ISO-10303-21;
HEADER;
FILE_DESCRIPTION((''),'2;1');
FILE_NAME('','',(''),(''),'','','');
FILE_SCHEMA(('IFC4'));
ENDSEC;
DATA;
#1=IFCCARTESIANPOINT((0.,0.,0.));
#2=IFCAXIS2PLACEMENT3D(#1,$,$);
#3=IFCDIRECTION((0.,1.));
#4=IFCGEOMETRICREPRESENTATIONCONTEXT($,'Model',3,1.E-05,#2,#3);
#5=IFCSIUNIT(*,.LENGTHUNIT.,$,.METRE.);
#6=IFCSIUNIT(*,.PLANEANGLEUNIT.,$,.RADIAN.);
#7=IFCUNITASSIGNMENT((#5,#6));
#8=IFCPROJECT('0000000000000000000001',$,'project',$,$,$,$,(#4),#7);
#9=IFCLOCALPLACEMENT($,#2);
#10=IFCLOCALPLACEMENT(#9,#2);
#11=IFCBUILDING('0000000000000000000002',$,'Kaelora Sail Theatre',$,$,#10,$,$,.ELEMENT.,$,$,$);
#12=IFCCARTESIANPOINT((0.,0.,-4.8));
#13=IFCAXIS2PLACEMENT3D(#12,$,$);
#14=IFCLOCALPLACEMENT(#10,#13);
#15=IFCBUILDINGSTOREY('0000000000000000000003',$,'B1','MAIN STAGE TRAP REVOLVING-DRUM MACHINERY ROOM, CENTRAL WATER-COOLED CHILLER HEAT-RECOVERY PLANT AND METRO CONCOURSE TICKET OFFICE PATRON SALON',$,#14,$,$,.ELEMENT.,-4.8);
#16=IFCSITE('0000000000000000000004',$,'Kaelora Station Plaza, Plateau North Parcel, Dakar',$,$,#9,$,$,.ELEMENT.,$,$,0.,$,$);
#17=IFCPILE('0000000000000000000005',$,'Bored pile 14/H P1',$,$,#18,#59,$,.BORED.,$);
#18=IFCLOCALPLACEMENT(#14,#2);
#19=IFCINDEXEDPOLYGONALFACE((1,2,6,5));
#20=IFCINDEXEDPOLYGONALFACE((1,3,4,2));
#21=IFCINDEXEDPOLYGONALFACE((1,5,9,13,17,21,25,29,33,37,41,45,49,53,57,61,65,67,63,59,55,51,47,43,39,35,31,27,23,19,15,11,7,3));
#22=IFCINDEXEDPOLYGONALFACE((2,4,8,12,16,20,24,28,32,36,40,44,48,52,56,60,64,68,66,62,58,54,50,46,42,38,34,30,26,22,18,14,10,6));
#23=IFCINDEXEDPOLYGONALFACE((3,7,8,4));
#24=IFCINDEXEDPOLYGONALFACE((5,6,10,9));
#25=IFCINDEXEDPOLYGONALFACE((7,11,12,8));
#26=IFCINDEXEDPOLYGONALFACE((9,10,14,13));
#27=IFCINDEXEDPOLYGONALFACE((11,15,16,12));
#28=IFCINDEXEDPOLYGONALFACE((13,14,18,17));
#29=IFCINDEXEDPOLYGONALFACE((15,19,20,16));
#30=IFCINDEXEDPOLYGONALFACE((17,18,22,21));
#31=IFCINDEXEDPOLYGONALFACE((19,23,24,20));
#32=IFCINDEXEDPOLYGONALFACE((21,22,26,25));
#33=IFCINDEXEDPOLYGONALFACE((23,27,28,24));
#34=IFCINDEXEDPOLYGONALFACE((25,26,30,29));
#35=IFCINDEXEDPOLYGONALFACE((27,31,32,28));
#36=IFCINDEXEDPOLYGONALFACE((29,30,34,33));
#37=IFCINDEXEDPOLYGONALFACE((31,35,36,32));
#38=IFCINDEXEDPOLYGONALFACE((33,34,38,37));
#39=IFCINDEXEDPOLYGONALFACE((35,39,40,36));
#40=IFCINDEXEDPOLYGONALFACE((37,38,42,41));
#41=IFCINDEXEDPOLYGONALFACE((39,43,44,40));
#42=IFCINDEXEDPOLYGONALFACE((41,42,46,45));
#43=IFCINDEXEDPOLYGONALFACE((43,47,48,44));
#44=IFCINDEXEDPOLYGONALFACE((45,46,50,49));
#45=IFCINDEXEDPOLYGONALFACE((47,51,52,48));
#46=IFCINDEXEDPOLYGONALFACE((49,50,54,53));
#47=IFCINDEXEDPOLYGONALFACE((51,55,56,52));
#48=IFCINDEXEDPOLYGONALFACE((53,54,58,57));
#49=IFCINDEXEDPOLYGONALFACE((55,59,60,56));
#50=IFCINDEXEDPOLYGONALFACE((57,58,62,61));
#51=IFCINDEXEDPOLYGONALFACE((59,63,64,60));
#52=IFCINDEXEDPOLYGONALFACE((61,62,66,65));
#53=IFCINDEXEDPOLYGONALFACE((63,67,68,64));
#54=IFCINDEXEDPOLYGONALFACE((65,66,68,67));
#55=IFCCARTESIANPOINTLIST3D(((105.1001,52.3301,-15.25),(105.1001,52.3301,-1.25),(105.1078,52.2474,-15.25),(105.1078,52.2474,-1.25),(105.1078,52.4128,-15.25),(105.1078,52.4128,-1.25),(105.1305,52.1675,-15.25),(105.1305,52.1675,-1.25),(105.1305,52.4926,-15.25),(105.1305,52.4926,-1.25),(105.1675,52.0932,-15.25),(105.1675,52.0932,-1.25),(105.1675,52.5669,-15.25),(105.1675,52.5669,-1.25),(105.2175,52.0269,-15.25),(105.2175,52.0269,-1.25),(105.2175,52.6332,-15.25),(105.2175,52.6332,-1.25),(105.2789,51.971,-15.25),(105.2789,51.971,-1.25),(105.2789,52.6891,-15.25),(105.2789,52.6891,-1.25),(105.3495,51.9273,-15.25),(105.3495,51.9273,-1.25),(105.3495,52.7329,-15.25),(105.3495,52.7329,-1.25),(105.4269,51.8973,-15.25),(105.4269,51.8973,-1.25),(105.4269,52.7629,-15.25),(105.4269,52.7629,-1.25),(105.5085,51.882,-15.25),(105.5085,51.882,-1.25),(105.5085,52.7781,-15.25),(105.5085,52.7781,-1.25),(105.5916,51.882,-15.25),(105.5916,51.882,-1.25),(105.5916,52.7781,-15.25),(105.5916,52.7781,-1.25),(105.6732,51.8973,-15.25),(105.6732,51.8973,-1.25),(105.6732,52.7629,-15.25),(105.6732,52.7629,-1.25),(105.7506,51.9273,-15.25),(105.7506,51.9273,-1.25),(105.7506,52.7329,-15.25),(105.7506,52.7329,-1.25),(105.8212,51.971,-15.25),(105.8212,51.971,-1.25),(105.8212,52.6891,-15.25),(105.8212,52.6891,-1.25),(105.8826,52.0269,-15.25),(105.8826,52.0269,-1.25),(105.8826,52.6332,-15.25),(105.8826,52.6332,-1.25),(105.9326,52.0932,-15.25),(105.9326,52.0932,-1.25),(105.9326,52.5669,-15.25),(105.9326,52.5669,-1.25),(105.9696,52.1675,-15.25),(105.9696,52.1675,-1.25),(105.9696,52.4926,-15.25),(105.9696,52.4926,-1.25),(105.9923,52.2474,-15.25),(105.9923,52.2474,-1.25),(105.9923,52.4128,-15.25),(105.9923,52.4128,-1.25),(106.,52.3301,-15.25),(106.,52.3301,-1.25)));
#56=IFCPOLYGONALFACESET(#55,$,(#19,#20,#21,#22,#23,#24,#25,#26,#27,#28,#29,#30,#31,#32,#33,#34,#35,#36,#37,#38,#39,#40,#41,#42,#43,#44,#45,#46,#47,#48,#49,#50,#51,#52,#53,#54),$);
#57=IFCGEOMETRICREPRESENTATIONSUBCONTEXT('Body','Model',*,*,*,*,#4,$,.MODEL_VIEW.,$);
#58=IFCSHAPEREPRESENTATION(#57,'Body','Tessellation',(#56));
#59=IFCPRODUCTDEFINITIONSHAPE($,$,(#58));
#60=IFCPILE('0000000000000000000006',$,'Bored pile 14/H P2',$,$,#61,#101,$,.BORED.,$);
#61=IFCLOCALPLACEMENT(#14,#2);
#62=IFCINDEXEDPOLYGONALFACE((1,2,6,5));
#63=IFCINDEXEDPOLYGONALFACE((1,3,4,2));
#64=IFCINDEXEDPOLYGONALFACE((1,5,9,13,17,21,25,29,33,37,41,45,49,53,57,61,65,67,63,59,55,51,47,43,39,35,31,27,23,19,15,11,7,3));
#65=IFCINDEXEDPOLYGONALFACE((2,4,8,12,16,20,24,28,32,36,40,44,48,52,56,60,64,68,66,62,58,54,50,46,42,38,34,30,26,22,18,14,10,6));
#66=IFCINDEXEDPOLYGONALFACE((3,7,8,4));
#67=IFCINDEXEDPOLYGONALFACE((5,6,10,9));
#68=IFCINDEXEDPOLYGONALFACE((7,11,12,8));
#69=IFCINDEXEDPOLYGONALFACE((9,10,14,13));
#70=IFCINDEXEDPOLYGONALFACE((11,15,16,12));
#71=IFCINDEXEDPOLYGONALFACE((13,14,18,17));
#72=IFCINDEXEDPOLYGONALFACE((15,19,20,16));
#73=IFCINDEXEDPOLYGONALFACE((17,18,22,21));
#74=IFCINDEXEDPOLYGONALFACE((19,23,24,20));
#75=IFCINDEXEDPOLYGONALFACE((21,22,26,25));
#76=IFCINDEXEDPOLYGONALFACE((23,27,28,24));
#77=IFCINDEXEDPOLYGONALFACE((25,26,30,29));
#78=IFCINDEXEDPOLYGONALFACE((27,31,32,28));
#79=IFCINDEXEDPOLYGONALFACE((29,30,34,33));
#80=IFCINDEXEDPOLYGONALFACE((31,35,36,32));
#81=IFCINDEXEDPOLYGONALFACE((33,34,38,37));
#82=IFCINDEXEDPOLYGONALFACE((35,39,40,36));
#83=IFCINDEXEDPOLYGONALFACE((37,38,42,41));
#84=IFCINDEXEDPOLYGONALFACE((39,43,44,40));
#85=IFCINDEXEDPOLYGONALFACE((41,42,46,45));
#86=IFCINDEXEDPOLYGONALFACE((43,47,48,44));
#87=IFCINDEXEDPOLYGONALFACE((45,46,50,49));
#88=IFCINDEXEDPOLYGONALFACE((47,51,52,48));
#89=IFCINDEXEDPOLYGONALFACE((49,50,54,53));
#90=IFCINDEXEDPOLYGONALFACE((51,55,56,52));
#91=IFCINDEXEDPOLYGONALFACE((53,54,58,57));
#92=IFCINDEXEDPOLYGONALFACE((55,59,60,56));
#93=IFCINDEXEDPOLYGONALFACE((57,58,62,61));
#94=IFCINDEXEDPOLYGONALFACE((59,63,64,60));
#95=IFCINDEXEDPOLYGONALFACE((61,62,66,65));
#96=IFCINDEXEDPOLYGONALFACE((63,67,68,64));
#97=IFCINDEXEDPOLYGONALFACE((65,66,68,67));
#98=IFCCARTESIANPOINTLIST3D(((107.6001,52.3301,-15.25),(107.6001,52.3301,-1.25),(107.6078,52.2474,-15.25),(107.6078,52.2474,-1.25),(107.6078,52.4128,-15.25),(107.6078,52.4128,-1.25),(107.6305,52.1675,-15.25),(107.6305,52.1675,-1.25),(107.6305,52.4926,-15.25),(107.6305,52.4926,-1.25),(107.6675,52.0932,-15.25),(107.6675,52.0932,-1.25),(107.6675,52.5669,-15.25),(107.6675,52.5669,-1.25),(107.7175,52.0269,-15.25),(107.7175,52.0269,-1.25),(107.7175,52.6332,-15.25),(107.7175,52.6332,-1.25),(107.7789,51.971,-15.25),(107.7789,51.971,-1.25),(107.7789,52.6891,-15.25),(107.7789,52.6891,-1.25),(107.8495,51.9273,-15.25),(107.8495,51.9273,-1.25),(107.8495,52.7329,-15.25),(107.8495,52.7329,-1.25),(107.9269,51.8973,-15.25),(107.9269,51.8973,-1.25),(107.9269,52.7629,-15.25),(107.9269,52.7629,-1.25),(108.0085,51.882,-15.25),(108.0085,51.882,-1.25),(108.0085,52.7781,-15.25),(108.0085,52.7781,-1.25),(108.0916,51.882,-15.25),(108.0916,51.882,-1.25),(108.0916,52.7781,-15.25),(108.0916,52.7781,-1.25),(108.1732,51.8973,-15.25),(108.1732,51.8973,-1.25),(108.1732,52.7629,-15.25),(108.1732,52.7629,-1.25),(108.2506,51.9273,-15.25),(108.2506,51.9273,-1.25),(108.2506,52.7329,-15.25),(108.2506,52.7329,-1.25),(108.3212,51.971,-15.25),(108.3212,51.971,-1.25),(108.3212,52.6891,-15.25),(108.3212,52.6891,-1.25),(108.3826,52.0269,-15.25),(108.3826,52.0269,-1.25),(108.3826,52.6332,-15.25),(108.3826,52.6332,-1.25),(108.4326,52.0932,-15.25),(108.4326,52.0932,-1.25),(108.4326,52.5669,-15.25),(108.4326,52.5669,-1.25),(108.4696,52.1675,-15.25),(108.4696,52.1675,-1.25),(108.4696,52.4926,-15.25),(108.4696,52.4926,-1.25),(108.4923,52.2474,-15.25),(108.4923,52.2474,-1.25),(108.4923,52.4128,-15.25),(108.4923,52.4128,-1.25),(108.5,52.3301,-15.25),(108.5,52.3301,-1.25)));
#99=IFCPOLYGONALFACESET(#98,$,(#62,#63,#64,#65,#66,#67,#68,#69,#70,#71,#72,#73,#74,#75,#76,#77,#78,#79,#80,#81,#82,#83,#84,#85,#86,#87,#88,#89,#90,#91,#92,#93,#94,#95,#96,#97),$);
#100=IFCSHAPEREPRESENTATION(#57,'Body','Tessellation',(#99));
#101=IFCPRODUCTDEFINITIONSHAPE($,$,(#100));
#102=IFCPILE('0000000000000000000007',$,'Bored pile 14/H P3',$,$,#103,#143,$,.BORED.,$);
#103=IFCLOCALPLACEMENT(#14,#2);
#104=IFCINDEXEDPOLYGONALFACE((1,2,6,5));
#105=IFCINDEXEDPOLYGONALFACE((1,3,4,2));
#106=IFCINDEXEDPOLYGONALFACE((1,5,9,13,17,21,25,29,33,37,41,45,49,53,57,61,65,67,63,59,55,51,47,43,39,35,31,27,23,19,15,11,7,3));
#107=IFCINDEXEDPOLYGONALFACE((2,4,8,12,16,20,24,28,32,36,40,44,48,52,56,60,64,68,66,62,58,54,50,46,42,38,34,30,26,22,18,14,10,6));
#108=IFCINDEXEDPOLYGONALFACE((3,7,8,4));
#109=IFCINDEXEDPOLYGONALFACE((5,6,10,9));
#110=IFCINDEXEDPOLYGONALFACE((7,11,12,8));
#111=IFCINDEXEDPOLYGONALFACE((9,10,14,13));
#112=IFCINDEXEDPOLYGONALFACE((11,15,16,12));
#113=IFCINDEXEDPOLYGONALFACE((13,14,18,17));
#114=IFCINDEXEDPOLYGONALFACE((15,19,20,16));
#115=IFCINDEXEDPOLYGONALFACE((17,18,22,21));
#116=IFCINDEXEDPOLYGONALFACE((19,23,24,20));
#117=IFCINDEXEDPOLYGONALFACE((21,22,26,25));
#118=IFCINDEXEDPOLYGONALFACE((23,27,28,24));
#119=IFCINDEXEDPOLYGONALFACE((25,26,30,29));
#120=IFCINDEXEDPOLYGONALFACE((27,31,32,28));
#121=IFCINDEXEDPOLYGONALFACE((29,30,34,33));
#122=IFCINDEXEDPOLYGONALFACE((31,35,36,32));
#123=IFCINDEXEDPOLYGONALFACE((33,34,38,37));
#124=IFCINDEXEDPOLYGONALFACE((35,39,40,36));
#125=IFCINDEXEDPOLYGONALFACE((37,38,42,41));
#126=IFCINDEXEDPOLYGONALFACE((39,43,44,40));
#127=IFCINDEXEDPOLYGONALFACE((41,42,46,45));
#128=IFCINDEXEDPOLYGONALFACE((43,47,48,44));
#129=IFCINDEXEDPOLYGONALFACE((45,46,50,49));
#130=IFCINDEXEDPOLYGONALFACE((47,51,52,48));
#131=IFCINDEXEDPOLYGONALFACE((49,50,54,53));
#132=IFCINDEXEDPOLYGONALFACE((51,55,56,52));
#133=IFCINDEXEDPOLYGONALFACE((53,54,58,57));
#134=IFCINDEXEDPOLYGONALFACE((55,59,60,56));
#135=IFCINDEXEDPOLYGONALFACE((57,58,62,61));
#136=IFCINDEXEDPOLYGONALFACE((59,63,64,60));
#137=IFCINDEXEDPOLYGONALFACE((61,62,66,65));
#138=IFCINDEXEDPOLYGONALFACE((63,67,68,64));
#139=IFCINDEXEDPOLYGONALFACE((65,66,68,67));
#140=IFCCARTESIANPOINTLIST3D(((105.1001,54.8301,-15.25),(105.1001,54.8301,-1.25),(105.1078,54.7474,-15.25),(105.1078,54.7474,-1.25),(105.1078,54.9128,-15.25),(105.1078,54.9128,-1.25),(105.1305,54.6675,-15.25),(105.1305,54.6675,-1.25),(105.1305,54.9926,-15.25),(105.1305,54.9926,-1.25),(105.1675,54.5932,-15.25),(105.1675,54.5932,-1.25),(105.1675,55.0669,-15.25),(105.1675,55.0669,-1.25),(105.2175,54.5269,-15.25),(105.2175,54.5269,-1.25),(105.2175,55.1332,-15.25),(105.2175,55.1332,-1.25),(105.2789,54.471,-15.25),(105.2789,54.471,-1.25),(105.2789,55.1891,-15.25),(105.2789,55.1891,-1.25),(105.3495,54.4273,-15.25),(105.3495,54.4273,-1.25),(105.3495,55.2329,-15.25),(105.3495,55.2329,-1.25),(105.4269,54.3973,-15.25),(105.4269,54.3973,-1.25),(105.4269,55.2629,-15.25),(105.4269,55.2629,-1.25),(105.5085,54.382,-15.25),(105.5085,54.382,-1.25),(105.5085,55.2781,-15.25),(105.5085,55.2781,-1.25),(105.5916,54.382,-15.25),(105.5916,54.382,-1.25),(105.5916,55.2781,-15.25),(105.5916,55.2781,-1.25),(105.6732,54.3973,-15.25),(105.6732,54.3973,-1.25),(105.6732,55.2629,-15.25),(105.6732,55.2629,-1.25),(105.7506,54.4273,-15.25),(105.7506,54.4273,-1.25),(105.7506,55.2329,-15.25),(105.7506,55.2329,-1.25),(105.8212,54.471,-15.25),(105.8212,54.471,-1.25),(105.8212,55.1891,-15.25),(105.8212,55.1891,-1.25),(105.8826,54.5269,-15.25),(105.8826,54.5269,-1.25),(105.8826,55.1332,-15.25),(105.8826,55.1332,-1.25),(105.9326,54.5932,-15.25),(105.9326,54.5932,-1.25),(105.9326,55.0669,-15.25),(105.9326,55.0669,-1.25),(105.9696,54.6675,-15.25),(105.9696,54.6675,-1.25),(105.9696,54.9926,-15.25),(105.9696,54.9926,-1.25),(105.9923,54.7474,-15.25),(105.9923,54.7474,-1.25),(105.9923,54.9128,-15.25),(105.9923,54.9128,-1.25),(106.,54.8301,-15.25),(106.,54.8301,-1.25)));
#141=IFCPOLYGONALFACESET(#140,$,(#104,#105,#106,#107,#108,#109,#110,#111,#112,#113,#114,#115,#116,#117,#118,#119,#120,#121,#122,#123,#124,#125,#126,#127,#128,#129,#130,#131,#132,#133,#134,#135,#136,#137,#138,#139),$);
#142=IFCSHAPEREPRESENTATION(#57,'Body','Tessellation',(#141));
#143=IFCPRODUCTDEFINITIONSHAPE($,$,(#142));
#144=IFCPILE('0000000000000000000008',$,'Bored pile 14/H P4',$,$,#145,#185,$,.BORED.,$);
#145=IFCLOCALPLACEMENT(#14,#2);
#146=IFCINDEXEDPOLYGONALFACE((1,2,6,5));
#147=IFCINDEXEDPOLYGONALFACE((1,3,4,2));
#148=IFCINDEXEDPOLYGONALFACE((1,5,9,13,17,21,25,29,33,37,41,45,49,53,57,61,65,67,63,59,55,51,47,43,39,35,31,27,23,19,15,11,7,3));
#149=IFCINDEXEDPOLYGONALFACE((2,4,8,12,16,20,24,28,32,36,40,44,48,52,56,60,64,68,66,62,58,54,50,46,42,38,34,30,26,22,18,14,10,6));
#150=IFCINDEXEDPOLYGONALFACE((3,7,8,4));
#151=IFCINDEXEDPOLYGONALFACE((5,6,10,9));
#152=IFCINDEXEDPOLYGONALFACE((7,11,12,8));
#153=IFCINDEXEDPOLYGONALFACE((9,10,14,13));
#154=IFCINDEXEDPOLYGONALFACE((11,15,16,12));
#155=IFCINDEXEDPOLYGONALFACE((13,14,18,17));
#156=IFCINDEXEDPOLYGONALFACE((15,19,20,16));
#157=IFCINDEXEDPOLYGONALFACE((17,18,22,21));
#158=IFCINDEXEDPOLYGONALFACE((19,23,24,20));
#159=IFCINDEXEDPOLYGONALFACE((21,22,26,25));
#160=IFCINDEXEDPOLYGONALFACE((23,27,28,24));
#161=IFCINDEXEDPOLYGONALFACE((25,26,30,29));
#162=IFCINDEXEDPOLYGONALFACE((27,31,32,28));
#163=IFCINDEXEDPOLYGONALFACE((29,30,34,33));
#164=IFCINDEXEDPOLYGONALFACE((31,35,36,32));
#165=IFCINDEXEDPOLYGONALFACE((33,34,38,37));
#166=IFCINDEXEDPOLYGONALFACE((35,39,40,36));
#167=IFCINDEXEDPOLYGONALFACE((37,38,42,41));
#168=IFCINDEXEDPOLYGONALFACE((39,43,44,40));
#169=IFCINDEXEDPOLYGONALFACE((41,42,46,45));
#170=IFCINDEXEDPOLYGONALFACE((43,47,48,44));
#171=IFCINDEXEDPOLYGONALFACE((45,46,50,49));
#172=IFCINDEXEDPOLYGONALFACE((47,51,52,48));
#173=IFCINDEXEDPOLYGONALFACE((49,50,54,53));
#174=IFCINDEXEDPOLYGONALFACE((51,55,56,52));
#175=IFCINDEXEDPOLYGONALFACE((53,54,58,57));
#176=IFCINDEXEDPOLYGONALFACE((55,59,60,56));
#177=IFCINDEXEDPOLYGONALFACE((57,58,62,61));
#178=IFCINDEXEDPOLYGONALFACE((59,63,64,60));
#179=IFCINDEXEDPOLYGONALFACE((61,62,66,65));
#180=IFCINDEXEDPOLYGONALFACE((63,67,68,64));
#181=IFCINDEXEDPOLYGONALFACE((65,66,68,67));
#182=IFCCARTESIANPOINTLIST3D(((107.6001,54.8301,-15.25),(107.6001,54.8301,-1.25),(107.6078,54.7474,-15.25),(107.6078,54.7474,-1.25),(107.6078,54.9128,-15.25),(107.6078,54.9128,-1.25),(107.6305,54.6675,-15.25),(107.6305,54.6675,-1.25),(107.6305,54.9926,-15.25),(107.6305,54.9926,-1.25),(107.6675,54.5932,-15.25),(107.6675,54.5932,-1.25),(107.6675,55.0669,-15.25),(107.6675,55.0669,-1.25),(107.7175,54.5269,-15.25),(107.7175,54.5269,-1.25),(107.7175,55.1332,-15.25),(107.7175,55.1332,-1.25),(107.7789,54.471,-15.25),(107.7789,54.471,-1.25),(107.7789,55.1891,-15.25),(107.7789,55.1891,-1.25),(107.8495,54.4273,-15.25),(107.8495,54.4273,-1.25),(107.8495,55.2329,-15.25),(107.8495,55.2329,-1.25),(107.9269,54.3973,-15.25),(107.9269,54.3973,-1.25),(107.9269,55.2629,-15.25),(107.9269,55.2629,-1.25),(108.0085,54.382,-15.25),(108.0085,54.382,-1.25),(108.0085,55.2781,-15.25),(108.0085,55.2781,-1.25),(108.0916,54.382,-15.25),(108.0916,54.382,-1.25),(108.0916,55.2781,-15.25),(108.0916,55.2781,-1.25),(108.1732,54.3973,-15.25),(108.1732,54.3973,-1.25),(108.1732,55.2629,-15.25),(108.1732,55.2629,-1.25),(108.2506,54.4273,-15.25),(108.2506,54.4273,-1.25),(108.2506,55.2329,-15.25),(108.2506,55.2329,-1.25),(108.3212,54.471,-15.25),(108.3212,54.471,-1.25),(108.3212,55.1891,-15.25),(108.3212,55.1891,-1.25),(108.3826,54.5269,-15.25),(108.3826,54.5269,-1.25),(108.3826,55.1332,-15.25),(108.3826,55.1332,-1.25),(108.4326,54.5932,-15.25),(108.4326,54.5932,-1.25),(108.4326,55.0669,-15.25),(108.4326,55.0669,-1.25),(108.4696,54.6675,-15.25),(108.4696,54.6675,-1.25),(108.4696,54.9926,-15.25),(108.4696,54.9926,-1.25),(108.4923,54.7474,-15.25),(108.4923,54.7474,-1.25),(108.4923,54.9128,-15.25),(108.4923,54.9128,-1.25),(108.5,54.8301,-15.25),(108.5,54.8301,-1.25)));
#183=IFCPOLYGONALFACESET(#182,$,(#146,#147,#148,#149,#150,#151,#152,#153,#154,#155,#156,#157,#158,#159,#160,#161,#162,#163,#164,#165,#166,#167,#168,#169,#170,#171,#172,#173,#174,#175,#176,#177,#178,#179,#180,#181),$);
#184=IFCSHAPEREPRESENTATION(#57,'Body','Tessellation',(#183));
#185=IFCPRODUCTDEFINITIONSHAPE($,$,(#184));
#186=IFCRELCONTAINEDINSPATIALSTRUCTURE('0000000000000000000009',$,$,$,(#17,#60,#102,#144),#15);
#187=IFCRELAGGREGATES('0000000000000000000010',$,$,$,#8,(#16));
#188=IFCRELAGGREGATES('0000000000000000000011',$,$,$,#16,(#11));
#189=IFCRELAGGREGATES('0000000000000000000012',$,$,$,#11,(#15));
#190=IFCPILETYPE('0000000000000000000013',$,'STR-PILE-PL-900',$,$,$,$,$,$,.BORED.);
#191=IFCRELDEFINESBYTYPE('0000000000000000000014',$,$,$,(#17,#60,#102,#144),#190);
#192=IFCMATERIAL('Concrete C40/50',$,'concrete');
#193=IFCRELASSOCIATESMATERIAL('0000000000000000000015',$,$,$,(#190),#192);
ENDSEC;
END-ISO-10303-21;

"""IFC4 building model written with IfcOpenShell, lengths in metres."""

from ifc_helpers import new_model, si_unit, direction, frame, origin, origin_2d, place, context, subcontext, project, spatial, circle, extrude, material, material_profile, profile_set, type_object, element, save


model = new_model("IFC4")

# Units and contexts
model_context = context("Model", 3, precision=1e-05, world=origin(), true_north=direction((0.0, 1.0)))
body_context = subcontext(model_context, "Body", "Model", "MODEL_VIEW")
ifc_project = project(units=[si_unit("LENGTHUNIT", "METRE"), si_unit("PLANEANGLEUNIT", "RADIAN")], contexts=[model_context])

# Site, building, storey
site_placement = place(None, origin())
site = spatial("IfcSite", under=ifc_project, at=site_placement, Name="Kaelora Station Plaza, Plateau North Parcel, Dakar", CompositionType="ELEMENT", RefElevation=0.0)
building_placement = place(site_placement, origin())
building = spatial("IfcBuilding", under=site, at=building_placement, Name="Kaelora Sail Theatre", CompositionType="ELEMENT")
storey_placement = place(building_placement, frame((0.0, 0.0, -4.8)))
storey = spatial("IfcBuildingStorey", under=building, at=storey_placement, Name="B1", Description="MAIN STAGE TRAP REVOLVING-DRUM MACHINERY ROOM, CENTRAL WATER-COOLED CHILLER HEAT-RECOVERY PLANT AND METRO CONCOURSE TICKET OFFICE PATRON SALON", CompositionType="ELEMENT", Elevation=-4.8)

# Piles
ifc_material_1 = material(Name="Concrete C40/50", Category="concrete")
ifc_material_profile_1 = material_profile(ifc_material_1, circle(Radius=0.45, at=origin_2d()), Name="PILE D900")
ifc_profile_set_1 = profile_set([ifc_material_profile_1], Name="Concrete C40/50")
pile_type_1 = type_object("IfcPileType", Name="STR-PILE-PL-900", PredefinedType="BORED", material=ifc_profile_set_1)
for number, where, z_axis, x_axis, name in (
    (1, (105.55, 52.3301, -1.25), (0.0, 0.0, -1.0), (1.0, 0.0, 0.0), "Bored pile 14/H P1"),
    (2, (108.05, 52.3301, -1.25), (0.0, 0.0, -1.0), (1.0, 0.0, 0.0), "Bored pile 14/H P2"),
    (3, (105.55, 54.8301, -1.25), (0.0, 0.0, -1.0), (1.0, 0.0, 0.0), "Bored pile 14/H P3"),
    (4, (108.05, 54.8301, -1.25), (0.0, 0.0, -1.0), (1.0, 0.0, 0.0), "Bored pile 14/H P4"),
):
    element("IfcPile", number, at=place(storey_placement, frame(where, z_axis=z_axis, x_axis=x_axis)), inside=storey, type_object=pile_type_1, Name=name, PredefinedType="BORED", context=body_context, shape_type="SweptSolid", body=[
        extrude(circle(Radius=0.45, at=origin_2d()), origin(), (0.0, 0.0, 1.0), 14.0),
    ])

save(model, "model.ifc")
